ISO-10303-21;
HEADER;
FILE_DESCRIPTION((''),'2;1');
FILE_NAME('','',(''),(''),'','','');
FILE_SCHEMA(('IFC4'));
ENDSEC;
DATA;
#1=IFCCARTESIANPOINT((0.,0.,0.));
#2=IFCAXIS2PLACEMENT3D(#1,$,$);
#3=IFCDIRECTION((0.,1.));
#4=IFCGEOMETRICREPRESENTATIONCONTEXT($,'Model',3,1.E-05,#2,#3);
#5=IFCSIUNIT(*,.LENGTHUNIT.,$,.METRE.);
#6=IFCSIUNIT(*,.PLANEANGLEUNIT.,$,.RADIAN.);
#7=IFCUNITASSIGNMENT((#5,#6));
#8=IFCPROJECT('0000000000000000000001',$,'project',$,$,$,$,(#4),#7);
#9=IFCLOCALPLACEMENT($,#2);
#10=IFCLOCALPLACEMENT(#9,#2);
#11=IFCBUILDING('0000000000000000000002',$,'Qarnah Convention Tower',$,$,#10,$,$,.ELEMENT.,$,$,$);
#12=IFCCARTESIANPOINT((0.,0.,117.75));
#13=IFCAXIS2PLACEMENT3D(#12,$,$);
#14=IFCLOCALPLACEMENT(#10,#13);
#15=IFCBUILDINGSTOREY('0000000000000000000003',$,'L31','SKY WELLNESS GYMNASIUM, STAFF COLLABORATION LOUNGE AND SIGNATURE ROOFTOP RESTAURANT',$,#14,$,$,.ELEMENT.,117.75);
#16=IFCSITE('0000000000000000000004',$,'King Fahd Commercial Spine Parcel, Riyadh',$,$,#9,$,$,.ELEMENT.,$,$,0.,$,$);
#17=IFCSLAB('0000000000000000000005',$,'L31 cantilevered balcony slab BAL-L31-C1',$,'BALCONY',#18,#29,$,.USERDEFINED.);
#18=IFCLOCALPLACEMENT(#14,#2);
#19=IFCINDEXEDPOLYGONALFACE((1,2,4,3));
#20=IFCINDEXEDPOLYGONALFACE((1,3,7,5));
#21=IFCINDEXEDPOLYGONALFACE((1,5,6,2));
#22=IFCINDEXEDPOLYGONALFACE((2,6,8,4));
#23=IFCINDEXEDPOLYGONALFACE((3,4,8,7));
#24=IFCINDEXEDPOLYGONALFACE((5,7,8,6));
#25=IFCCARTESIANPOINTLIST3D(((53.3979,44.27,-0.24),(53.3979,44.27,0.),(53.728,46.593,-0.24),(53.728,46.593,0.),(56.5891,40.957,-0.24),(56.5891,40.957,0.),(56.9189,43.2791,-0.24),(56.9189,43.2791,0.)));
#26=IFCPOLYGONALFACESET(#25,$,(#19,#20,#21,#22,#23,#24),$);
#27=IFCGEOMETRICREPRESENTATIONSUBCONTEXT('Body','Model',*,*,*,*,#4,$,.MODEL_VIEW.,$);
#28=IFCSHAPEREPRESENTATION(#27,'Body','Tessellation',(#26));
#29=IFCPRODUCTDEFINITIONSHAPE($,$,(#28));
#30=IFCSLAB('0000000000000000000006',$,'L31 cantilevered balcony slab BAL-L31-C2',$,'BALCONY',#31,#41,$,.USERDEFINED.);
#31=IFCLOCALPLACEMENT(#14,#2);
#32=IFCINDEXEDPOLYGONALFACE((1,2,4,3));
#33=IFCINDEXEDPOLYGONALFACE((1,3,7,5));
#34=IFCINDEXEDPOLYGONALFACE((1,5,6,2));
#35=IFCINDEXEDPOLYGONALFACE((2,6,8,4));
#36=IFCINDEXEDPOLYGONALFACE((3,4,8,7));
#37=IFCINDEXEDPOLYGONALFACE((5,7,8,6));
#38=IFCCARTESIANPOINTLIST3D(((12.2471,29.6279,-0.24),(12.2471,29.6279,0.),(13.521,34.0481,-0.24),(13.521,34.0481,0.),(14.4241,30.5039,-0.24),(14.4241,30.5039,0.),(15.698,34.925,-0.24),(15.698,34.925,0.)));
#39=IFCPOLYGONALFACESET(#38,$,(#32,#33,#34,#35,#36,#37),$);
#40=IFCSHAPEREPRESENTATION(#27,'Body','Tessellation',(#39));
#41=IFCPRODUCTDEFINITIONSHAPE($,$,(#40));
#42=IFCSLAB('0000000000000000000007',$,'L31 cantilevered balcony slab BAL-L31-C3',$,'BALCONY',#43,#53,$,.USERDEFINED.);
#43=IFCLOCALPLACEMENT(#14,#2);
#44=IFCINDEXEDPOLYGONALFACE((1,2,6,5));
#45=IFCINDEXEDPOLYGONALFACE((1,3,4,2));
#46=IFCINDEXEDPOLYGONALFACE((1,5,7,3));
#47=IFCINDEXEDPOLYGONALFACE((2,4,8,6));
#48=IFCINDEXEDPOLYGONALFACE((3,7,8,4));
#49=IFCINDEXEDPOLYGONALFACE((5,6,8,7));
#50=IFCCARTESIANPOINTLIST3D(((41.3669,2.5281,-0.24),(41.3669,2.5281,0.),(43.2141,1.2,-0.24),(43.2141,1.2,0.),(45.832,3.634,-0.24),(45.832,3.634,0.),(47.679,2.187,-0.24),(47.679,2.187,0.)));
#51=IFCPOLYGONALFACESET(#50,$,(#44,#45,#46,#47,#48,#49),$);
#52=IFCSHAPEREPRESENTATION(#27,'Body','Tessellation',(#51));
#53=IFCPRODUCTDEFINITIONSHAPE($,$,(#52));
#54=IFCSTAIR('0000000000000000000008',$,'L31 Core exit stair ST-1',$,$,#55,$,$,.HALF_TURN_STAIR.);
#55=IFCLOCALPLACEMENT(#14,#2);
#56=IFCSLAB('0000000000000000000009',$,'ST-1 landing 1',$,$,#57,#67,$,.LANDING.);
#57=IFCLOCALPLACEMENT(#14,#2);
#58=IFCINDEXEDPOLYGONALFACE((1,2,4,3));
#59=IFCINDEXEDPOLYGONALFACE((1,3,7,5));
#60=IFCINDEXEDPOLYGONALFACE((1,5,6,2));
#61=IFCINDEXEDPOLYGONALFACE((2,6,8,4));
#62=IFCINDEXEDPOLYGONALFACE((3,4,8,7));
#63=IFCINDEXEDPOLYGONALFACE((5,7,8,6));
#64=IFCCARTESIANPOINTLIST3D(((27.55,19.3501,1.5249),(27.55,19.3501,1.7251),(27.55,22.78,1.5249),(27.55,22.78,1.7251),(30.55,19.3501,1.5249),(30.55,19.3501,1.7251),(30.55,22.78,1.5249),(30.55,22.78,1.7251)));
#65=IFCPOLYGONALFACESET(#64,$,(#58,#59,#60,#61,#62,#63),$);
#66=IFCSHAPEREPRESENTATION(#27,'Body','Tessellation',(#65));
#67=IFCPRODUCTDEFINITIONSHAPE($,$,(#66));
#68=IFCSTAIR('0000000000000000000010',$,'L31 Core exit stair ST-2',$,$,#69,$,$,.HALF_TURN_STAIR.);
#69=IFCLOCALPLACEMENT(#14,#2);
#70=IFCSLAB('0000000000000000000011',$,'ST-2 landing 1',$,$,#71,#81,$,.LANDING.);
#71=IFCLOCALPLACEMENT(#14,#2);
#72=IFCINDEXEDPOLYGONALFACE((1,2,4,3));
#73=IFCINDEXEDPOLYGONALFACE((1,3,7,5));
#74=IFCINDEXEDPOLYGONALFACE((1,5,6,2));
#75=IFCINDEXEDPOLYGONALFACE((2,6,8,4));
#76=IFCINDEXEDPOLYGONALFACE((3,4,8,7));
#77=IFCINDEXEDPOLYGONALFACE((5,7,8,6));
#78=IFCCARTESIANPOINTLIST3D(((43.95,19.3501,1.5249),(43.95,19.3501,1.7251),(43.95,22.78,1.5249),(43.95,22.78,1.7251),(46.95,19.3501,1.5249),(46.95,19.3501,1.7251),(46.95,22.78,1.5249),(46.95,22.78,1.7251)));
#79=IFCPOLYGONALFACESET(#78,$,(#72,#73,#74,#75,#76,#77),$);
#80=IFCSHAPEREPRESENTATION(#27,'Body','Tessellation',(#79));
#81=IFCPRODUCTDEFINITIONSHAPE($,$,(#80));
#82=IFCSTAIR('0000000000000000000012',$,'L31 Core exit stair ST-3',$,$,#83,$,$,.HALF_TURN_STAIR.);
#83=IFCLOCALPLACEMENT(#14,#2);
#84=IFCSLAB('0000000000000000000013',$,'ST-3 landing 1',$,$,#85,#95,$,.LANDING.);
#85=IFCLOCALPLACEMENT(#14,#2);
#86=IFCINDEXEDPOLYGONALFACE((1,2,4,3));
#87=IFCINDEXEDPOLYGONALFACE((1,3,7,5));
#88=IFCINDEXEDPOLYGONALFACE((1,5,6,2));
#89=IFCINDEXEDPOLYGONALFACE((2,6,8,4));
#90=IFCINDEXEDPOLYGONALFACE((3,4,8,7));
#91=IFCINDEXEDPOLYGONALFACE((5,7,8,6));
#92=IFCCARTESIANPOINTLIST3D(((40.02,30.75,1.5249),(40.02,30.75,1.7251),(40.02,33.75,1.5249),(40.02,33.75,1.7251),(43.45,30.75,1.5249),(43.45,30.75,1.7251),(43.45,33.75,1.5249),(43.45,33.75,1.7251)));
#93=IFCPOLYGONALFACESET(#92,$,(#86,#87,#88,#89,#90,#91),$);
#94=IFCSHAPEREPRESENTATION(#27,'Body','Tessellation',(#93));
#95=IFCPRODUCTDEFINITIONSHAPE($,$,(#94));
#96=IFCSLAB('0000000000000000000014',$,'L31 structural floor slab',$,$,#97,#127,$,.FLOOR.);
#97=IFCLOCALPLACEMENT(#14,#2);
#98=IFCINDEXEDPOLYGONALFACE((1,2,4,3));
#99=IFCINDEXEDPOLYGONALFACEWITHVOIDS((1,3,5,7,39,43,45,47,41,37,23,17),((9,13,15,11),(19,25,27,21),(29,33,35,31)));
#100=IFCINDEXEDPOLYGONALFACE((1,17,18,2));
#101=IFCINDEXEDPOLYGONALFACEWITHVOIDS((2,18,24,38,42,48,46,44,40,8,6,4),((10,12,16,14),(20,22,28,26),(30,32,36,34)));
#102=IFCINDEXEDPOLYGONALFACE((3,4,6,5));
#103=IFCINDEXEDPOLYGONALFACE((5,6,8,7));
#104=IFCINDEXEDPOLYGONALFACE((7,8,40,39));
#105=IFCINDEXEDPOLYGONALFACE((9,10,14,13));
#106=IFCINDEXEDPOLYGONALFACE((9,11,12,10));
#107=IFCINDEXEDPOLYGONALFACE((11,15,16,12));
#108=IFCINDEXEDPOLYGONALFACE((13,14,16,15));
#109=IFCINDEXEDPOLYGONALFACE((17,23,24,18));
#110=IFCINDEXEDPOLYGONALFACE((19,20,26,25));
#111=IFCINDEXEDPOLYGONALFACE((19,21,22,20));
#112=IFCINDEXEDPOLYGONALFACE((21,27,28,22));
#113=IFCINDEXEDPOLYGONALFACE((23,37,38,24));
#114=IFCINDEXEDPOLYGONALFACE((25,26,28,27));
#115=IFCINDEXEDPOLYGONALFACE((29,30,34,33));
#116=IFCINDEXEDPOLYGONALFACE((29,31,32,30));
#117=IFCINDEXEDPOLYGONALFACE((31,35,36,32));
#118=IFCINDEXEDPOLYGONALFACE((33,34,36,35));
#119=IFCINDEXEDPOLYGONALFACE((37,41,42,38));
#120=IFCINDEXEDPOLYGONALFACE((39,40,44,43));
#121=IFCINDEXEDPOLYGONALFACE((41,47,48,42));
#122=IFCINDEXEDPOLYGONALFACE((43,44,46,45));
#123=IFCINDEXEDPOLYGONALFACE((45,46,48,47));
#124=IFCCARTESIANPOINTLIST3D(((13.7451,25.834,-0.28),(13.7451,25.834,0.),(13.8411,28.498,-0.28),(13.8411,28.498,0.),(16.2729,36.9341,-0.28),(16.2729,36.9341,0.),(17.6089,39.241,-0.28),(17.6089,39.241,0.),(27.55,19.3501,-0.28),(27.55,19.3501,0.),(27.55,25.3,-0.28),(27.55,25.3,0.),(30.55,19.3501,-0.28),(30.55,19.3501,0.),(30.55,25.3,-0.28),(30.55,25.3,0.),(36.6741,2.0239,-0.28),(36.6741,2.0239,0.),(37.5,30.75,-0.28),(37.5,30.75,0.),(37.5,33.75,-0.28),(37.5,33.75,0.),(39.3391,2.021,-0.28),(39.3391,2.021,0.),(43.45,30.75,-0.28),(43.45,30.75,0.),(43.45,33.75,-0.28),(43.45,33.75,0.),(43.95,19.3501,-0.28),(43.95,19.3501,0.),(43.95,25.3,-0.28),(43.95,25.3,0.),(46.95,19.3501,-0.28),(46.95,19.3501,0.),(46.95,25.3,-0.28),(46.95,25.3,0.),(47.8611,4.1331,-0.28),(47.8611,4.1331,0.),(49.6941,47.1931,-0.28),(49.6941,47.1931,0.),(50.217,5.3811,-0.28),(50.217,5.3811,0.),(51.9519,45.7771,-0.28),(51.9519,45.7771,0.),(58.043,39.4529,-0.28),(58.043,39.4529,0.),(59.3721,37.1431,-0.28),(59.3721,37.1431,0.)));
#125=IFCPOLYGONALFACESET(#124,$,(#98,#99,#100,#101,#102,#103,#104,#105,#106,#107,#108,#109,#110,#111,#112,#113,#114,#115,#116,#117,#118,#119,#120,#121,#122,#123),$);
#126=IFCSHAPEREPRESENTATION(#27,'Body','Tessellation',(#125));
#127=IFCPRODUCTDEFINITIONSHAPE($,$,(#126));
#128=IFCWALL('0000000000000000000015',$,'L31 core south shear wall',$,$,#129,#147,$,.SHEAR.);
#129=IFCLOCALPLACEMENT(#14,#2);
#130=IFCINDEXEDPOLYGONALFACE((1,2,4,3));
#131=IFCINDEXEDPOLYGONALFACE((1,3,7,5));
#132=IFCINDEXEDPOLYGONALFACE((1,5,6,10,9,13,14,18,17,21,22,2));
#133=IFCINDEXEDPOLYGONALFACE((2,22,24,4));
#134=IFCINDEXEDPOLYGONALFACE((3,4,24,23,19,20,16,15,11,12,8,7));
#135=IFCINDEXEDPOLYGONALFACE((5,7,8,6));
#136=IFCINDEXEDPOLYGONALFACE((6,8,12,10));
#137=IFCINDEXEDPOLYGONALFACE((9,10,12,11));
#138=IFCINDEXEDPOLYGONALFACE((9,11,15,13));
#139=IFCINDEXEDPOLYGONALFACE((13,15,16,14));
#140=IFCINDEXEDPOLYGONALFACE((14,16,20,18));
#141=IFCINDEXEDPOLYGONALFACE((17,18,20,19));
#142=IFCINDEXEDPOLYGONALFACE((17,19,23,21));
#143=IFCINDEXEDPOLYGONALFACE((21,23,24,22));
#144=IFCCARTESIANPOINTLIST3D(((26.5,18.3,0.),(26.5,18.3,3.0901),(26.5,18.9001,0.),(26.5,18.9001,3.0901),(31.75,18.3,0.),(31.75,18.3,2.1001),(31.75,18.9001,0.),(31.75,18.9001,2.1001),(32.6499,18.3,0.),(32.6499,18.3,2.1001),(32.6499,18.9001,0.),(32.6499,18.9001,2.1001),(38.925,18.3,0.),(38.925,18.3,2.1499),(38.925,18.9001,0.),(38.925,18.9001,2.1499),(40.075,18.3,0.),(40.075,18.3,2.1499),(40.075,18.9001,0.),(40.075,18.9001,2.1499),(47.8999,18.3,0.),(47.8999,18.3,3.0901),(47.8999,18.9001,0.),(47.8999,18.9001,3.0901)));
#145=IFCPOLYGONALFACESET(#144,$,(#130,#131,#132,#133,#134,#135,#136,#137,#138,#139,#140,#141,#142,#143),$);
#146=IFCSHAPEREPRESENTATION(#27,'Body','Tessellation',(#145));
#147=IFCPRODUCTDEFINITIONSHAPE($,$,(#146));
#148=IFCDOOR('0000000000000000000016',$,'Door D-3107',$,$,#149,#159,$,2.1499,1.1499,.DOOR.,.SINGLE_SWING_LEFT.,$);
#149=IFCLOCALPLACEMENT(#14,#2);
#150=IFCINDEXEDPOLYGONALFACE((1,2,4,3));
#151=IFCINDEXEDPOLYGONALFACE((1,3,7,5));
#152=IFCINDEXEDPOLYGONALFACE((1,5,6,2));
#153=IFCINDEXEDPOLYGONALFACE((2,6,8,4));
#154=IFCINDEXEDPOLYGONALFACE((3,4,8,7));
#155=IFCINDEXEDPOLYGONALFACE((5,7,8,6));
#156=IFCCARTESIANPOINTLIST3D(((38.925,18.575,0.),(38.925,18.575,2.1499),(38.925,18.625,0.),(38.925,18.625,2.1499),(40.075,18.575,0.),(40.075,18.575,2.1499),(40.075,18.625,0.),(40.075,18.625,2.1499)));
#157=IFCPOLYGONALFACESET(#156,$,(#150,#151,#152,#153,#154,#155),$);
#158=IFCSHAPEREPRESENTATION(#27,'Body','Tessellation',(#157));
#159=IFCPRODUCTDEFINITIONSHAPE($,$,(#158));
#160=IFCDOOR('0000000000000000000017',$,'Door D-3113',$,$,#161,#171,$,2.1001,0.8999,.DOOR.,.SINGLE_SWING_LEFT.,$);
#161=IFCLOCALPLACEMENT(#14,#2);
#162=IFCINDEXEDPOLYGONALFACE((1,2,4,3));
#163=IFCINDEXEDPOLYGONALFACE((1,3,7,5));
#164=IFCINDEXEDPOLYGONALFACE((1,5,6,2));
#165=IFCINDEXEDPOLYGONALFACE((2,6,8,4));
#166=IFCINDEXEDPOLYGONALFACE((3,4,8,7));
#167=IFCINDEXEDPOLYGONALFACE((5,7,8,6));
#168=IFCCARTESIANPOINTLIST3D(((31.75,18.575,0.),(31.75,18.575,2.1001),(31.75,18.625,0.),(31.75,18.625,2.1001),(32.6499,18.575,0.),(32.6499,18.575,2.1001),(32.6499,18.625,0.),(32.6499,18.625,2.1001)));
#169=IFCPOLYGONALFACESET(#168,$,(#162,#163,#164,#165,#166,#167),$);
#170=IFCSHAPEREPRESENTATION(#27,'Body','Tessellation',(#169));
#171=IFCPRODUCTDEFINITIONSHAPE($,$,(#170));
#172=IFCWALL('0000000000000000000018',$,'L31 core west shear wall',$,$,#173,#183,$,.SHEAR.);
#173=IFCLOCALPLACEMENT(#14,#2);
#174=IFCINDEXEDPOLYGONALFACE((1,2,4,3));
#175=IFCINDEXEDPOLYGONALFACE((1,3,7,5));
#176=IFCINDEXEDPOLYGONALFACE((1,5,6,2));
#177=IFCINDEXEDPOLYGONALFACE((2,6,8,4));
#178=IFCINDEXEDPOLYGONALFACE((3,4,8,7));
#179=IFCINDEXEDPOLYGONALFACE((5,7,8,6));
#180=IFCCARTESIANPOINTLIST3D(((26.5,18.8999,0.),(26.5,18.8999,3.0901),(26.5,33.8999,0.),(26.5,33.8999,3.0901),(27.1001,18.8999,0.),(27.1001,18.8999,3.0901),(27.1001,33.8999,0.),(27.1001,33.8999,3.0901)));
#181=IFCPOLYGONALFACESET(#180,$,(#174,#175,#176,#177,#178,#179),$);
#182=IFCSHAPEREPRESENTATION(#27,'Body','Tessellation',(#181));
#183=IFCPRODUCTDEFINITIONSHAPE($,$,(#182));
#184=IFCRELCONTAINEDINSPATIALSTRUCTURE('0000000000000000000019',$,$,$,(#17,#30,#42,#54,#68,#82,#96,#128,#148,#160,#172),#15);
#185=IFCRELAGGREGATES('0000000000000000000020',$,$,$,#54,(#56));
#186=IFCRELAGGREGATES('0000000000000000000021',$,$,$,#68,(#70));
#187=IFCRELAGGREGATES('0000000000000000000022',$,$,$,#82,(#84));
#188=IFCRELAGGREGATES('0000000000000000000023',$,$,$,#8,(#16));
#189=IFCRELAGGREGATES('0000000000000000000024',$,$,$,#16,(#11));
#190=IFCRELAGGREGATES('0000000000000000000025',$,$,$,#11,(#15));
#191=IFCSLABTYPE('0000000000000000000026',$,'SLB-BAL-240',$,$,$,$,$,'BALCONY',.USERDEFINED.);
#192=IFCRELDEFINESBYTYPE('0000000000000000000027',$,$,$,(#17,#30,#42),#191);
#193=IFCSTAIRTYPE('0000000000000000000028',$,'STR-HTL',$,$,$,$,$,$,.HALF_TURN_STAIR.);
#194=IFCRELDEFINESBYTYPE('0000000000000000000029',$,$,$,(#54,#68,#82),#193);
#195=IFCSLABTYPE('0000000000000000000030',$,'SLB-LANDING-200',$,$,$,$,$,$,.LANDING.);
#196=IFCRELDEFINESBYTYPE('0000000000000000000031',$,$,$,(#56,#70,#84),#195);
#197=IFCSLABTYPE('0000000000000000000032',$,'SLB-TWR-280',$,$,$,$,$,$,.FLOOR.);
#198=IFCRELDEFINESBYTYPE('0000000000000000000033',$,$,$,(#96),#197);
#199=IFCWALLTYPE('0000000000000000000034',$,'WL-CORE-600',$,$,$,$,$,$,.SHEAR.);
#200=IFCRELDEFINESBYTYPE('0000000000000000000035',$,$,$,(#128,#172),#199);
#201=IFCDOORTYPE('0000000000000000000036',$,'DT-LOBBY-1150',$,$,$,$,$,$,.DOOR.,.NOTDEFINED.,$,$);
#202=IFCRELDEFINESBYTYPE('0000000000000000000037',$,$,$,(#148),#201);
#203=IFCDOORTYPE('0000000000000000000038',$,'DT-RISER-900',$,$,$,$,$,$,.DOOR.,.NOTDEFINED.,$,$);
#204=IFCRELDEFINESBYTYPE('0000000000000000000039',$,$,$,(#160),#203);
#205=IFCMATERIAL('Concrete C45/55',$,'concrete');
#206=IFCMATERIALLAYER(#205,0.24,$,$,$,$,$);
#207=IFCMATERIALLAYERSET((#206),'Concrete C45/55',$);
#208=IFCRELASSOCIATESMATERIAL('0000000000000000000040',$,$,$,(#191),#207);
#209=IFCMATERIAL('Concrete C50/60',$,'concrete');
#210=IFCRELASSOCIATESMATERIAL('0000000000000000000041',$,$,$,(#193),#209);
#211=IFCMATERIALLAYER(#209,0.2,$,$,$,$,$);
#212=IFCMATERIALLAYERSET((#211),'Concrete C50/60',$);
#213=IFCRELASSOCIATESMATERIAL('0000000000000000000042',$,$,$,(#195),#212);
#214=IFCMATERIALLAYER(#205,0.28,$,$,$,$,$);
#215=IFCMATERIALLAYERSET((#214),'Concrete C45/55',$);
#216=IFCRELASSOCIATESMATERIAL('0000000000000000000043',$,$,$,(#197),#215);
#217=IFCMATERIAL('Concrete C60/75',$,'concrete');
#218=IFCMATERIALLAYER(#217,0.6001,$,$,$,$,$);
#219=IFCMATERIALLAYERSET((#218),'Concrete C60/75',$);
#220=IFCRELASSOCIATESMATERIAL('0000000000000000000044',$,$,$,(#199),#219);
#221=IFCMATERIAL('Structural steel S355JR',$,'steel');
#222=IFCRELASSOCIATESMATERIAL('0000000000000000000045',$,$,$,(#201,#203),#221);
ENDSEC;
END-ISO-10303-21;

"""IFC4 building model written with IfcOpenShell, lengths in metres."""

from ifc_helpers import new_model, si_unit, direction, frame, frame_2d, origin, place, context, subcontext, project, spatial, polyline, rectangle, outline, extrude, material, layer, layer_set, type_object, element, fill, aggregate, save


model = new_model("IFC4")

# Units and contexts
model_context = context("Model", 3, precision=1e-05, world=origin(), true_north=direction((0.0, 1.0)))
body_context = subcontext(model_context, "Body", "Model", "MODEL_VIEW")
ifc_project = project(units=[si_unit("LENGTHUNIT", "METRE"), si_unit("PLANEANGLEUNIT", "RADIAN")], contexts=[model_context])

# Site, building, storey
site_placement = place(None, origin())
site = spatial("IfcSite", under=ifc_project, at=site_placement, Name="King Fahd Commercial Spine Parcel, Riyadh", CompositionType="ELEMENT", RefElevation=0.0)
building_placement = place(site_placement, origin())
building = spatial("IfcBuilding", under=site, at=building_placement, Name="Qarnah Convention Tower", CompositionType="ELEMENT")
storey_placement = place(building_placement, frame((0.0, 0.0, 117.75)))
storey = spatial("IfcBuildingStorey", under=building, at=storey_placement, Name="L31", Description="SKY WELLNESS GYMNASIUM, STAFF COLLABORATION LOUNGE AND SIGNATURE ROOFTOP RESTAURANT", CompositionType="ELEMENT", Elevation=117.75)

# Shared definitions
ifc_material_1 = material(Name="Concrete C60/75", Category="concrete")

# Shared definitions
ifc_material_2 = material(Name="Structural steel S355JR", Category="steel")

# Slabs
ifc_material_3 = material(Name="Concrete C45/55", Category="concrete")
ifc_layer_1 = layer(ifc_material_3, 0.24)
ifc_layer_set_1 = layer_set([ifc_layer_1], Name="Concrete C45/55")
slab_type_1 = type_object("IfcSlabType", Name="SLB-BAL-240", ElementType="BALCONY", PredefinedType="USERDEFINED", material=ifc_layer_set_1)
slab_1_placement = place(storey_placement, frame((0.0, 0.0, -0.24)))
element("IfcSlab", 1, at=slab_1_placement, inside=storey, type_object=slab_type_1, Name="L31 cantilevered balcony slab BAL-L31-C1", ObjectType="BALCONY", PredefinedType="USERDEFINED", context=body_context, shape_type="SweptSolid", body=[
    extrude(outline(polyline([(53.728, 46.593), (56.9189, 43.2791), (56.5891, 40.957), (53.3979, 44.27), (53.728, 46.593)])), origin(), (0.0, 0.0, 1.0), 0.24),
])
slab_2_placement = place(storey_placement, frame((0.0, 0.0, -0.24)))
element("IfcSlab", 2, at=slab_2_placement, inside=storey, type_object=slab_type_1, Name="L31 cantilevered balcony slab BAL-L31-C2", ObjectType="BALCONY", PredefinedType="USERDEFINED", context=body_context, shape_type="SweptSolid", body=[
    extrude(outline(polyline([(12.2471, 29.6279), (13.521, 34.0481), (15.698, 34.925), (14.4241, 30.5039), (12.2471, 29.6279)])), origin(), (0.0, 0.0, 1.0), 0.24),
])
slab_3_placement = place(storey_placement, frame((0.0, 0.0, -0.24)))
element("IfcSlab", 3, at=slab_3_placement, inside=storey, type_object=slab_type_1, Name="L31 cantilevered balcony slab BAL-L31-C3", ObjectType="BALCONY", PredefinedType="USERDEFINED", context=body_context, shape_type="SweptSolid", body=[
    extrude(outline(polyline([(47.679, 2.187), (43.2141, 1.2), (41.3669, 2.5281), (45.832, 3.634), (47.679, 2.187)])), origin(), (0.0, 0.0, 1.0), 0.24),
])

# Stairs, slabs
ifc_material_4 = material(Name="Concrete C50/60", Category="concrete")
stair_type = type_object("IfcStairType", Name="STR-HTL", PredefinedType="HALF_TURN_STAIR", material=ifc_material_4)
stair_1_placement = place(storey_placement, origin())
stair_1 = element("IfcStair", 4, at=stair_1_placement, inside=storey, type_object=stair_type, Name="L31 Core exit stair ST-1", PredefinedType="HALF_TURN_STAIR")
ifc_layer_2 = layer(ifc_material_4, 0.2)
ifc_layer_set_2 = layer_set([ifc_layer_2], Name="Concrete C50/60")
slab_type_2 = type_object("IfcSlabType", Name="SLB-LANDING-200", PredefinedType="LANDING", material=ifc_layer_set_2)
slab_4_placement = place(storey_placement, frame((0.0, 0.0, 1.5249)))
slab_4 = element("IfcSlab", 5, at=slab_4_placement, type_object=slab_type_2, Name="ST-1 landing 1", PredefinedType="LANDING", context=body_context, shape_type="SweptSolid", body=[
    extrude(outline(polyline([(27.55, 22.78), (27.55, 19.3501), (30.55, 19.3501), (30.55, 22.78), (27.55, 22.78)])), origin(), (0.0, 0.0, 1.0), 0.2002),
])
aggregate(stair_1, [slab_4])
stair_2_placement = place(storey_placement, origin())
stair_2 = element("IfcStair", 6, at=stair_2_placement, inside=storey, type_object=stair_type, Name="L31 Core exit stair ST-2", PredefinedType="HALF_TURN_STAIR")
slab_5_placement = place(storey_placement, frame((0.0, 0.0, 1.5249)))
slab_5 = element("IfcSlab", 7, at=slab_5_placement, type_object=slab_type_2, Name="ST-2 landing 1", PredefinedType="LANDING", context=body_context, shape_type="SweptSolid", body=[
    extrude(outline(polyline([(43.95, 22.78), (43.95, 19.3501), (46.95, 19.3501), (46.95, 22.78), (43.95, 22.78)])), origin(), (0.0, 0.0, 1.0), 0.2002),
])
aggregate(stair_2, [slab_5])
stair_3_placement = place(storey_placement, origin())
stair_3 = element("IfcStair", 8, at=stair_3_placement, inside=storey, type_object=stair_type, Name="L31 Core exit stair ST-3", PredefinedType="HALF_TURN_STAIR")
slab_6_placement = place(storey_placement, frame((0.0, 0.0, 1.5249)))
slab_6 = element("IfcSlab", 9, at=slab_6_placement, type_object=slab_type_2, Name="ST-3 landing 1", PredefinedType="LANDING", context=body_context, shape_type="SweptSolid", body=[
    extrude(outline(polyline([(40.02, 30.75), (43.45, 30.75), (43.45, 33.75), (40.02, 33.75), (40.02, 30.75)])), origin(), (0.0, 0.0, 1.0), 0.2002),
])
aggregate(stair_3, [slab_6])

# Slab
ifc_layer_3 = layer(ifc_material_3, 0.28)
ifc_layer_set_3 = layer_set([ifc_layer_3], Name="Concrete C45/55")
slab_type_3 = type_object("IfcSlabType", Name="SLB-TWR-280", PredefinedType="FLOOR", material=ifc_layer_set_3)
slab_7_placement = place(storey_placement, frame((0.0, 0.0, -0.28)))
element("IfcSlab", 10, at=slab_7_placement, inside=storey, type_object=slab_type_3, Name="L31 structural floor slab", PredefinedType="FLOOR", context=body_context, shape_type="SweptSolid", body=[
    extrude(outline(polyline([(49.6941, 47.1931), (17.6089, 39.241), (16.2729, 36.9341), (13.8411, 28.498), (13.7451, 25.834), (36.6741, 2.0239), (39.3391, 2.021), (47.8611, 4.1331), (50.217, 5.3811), (59.3721, 37.1431), (58.043, 39.4529), (51.9519, 45.7771), (49.6941, 47.1931)]), holes=[polyline([(27.55, 25.3), (27.55, 19.3501), (30.55, 19.3501), (30.55, 25.3), (27.55, 25.3)]), polyline([(43.95, 25.3), (43.95, 19.3501), (46.95, 19.3501), (46.95, 25.3), (43.95, 25.3)]), polyline([(37.5, 30.75), (43.45, 30.75), (43.45, 33.75), (37.5, 33.75), (37.5, 30.75)])]), origin(), (0.0, 0.0, 1.0), 0.28),
])

# Wall, openings, doors
ifc_layer_4 = layer(ifc_material_1, 0.6001)
ifc_layer_set_4 = layer_set([ifc_layer_4], Name="Concrete C60/75")
wall_type_1 = type_object("IfcWallType", Name="WL-CORE-600", PredefinedType="SHEAR", material=ifc_layer_set_4)
wall_1_placement = place(storey_placement, frame((26.5, 18.6001, 0.0), z_axis=(0.0, 0.0, 1.0), x_axis=(1.0, 0.0, 0.0)))
wall_1 = element("IfcWall", 11, at=wall_1_placement, inside=storey, type_object=wall_type_1, Name="L31 core south shear wall", PredefinedType="SHEAR", context=body_context, shape_type="SweptSolid", body=[
    extrude(rectangle(XDim=21.3999, YDim=0.6001, at=frame_2d((10.7, 0.0))), origin(), (0.0, 0.0, 1.0), 3.0901),
])
opening_1_placement = place(wall_1_placement, frame((12.425, 0.0, 0.0)))
opening_1 = element("IfcOpeningElement", 12, at=opening_1_placement, cuts=wall_1, PredefinedType="OPENING", context=body_context, shape_type="SweptSolid", body=[
    extrude(rectangle(XDim=1.1499, YDim=2.1499, at=frame_2d((0.575, 1.075))), frame((0.0, 0.3101, 0.0), z_axis=(0.0, -1.0, 0.0), x_axis=(1.0, 0.0, 0.0)), (0.0, 0.0, 1.0), 0.6201),
])
opening_2_placement = place(wall_1_placement, frame((5.25, 0.0, 0.0)))
opening_2 = element("IfcOpeningElement", 13, at=opening_2_placement, cuts=wall_1, PredefinedType="OPENING", context=body_context, shape_type="SweptSolid", body=[
    extrude(rectangle(XDim=0.8999, YDim=2.1001, at=frame_2d((0.45, 1.05))), frame((0.0, 0.3101, 0.0), z_axis=(0.0, -1.0, 0.0), x_axis=(1.0, 0.0, 0.0)), (0.0, 0.0, 1.0), 0.6201),
])
door_type_1 = type_object("IfcDoorType", Name="DT-LOBBY-1150", OperationType="NOTDEFINED", PredefinedType="DOOR", material=ifc_material_2)
door_1_placement = place(opening_1_placement, origin())
door_1 = element("IfcDoor", 14, at=door_1_placement, inside=storey, type_object=door_type_1, Name="Door D-3107", OperationType="SINGLE_SWING_LEFT", OverallHeight=2.1499, OverallWidth=1.1499, PredefinedType="DOOR", context=body_context, shape_type="SweptSolid", body=[
    extrude(rectangle(XDim=1.1499, YDim=2.1499, at=frame_2d((0.575, 1.075))), frame((0.0, 0.0249, 0.0), z_axis=(0.0, -1.0, 0.0), x_axis=(1.0, 0.0, 0.0)), (0.0, 0.0, 1.0), 0.05),
])
fill(opening_1, door_1)
door_type_2 = type_object("IfcDoorType", Name="DT-RISER-900", OperationType="NOTDEFINED", PredefinedType="DOOR", material=ifc_material_2)
door_2_placement = place(opening_2_placement, origin())
door_2 = element("IfcDoor", 15, at=door_2_placement, inside=storey, type_object=door_type_2, Name="Door D-3113", OperationType="SINGLE_SWING_LEFT", OverallHeight=2.1001, OverallWidth=0.8999, PredefinedType="DOOR", context=body_context, shape_type="SweptSolid", body=[
    extrude(rectangle(XDim=0.8999, YDim=2.1001, at=frame_2d((0.45, 1.05))), frame((0.0, 0.0249, 0.0), z_axis=(0.0, -1.0, 0.0), x_axis=(1.0, 0.0, 0.0)), (0.0, 0.0, 1.0), 0.05),
])
fill(opening_2, door_2)

# Wall
wall_2_placement = place(storey_placement, frame((26.8, 18.8999, 0.0), z_axis=(0.0, 0.0, 1.0), x_axis=(0.0, 1.0, 0.0)))
element("IfcWall", 16, at=wall_2_placement, inside=storey, type_object=wall_type_1, Name="L31 core west shear wall", PredefinedType="SHEAR", context=body_context, shape_type="SweptSolid", body=[
    extrude(rectangle(XDim=15.0, YDim=0.6001, at=frame_2d((7.5, 0.0))), origin(), (0.0, 0.0, 1.0), 3.0901),
])

save(model, "model.ifc")
